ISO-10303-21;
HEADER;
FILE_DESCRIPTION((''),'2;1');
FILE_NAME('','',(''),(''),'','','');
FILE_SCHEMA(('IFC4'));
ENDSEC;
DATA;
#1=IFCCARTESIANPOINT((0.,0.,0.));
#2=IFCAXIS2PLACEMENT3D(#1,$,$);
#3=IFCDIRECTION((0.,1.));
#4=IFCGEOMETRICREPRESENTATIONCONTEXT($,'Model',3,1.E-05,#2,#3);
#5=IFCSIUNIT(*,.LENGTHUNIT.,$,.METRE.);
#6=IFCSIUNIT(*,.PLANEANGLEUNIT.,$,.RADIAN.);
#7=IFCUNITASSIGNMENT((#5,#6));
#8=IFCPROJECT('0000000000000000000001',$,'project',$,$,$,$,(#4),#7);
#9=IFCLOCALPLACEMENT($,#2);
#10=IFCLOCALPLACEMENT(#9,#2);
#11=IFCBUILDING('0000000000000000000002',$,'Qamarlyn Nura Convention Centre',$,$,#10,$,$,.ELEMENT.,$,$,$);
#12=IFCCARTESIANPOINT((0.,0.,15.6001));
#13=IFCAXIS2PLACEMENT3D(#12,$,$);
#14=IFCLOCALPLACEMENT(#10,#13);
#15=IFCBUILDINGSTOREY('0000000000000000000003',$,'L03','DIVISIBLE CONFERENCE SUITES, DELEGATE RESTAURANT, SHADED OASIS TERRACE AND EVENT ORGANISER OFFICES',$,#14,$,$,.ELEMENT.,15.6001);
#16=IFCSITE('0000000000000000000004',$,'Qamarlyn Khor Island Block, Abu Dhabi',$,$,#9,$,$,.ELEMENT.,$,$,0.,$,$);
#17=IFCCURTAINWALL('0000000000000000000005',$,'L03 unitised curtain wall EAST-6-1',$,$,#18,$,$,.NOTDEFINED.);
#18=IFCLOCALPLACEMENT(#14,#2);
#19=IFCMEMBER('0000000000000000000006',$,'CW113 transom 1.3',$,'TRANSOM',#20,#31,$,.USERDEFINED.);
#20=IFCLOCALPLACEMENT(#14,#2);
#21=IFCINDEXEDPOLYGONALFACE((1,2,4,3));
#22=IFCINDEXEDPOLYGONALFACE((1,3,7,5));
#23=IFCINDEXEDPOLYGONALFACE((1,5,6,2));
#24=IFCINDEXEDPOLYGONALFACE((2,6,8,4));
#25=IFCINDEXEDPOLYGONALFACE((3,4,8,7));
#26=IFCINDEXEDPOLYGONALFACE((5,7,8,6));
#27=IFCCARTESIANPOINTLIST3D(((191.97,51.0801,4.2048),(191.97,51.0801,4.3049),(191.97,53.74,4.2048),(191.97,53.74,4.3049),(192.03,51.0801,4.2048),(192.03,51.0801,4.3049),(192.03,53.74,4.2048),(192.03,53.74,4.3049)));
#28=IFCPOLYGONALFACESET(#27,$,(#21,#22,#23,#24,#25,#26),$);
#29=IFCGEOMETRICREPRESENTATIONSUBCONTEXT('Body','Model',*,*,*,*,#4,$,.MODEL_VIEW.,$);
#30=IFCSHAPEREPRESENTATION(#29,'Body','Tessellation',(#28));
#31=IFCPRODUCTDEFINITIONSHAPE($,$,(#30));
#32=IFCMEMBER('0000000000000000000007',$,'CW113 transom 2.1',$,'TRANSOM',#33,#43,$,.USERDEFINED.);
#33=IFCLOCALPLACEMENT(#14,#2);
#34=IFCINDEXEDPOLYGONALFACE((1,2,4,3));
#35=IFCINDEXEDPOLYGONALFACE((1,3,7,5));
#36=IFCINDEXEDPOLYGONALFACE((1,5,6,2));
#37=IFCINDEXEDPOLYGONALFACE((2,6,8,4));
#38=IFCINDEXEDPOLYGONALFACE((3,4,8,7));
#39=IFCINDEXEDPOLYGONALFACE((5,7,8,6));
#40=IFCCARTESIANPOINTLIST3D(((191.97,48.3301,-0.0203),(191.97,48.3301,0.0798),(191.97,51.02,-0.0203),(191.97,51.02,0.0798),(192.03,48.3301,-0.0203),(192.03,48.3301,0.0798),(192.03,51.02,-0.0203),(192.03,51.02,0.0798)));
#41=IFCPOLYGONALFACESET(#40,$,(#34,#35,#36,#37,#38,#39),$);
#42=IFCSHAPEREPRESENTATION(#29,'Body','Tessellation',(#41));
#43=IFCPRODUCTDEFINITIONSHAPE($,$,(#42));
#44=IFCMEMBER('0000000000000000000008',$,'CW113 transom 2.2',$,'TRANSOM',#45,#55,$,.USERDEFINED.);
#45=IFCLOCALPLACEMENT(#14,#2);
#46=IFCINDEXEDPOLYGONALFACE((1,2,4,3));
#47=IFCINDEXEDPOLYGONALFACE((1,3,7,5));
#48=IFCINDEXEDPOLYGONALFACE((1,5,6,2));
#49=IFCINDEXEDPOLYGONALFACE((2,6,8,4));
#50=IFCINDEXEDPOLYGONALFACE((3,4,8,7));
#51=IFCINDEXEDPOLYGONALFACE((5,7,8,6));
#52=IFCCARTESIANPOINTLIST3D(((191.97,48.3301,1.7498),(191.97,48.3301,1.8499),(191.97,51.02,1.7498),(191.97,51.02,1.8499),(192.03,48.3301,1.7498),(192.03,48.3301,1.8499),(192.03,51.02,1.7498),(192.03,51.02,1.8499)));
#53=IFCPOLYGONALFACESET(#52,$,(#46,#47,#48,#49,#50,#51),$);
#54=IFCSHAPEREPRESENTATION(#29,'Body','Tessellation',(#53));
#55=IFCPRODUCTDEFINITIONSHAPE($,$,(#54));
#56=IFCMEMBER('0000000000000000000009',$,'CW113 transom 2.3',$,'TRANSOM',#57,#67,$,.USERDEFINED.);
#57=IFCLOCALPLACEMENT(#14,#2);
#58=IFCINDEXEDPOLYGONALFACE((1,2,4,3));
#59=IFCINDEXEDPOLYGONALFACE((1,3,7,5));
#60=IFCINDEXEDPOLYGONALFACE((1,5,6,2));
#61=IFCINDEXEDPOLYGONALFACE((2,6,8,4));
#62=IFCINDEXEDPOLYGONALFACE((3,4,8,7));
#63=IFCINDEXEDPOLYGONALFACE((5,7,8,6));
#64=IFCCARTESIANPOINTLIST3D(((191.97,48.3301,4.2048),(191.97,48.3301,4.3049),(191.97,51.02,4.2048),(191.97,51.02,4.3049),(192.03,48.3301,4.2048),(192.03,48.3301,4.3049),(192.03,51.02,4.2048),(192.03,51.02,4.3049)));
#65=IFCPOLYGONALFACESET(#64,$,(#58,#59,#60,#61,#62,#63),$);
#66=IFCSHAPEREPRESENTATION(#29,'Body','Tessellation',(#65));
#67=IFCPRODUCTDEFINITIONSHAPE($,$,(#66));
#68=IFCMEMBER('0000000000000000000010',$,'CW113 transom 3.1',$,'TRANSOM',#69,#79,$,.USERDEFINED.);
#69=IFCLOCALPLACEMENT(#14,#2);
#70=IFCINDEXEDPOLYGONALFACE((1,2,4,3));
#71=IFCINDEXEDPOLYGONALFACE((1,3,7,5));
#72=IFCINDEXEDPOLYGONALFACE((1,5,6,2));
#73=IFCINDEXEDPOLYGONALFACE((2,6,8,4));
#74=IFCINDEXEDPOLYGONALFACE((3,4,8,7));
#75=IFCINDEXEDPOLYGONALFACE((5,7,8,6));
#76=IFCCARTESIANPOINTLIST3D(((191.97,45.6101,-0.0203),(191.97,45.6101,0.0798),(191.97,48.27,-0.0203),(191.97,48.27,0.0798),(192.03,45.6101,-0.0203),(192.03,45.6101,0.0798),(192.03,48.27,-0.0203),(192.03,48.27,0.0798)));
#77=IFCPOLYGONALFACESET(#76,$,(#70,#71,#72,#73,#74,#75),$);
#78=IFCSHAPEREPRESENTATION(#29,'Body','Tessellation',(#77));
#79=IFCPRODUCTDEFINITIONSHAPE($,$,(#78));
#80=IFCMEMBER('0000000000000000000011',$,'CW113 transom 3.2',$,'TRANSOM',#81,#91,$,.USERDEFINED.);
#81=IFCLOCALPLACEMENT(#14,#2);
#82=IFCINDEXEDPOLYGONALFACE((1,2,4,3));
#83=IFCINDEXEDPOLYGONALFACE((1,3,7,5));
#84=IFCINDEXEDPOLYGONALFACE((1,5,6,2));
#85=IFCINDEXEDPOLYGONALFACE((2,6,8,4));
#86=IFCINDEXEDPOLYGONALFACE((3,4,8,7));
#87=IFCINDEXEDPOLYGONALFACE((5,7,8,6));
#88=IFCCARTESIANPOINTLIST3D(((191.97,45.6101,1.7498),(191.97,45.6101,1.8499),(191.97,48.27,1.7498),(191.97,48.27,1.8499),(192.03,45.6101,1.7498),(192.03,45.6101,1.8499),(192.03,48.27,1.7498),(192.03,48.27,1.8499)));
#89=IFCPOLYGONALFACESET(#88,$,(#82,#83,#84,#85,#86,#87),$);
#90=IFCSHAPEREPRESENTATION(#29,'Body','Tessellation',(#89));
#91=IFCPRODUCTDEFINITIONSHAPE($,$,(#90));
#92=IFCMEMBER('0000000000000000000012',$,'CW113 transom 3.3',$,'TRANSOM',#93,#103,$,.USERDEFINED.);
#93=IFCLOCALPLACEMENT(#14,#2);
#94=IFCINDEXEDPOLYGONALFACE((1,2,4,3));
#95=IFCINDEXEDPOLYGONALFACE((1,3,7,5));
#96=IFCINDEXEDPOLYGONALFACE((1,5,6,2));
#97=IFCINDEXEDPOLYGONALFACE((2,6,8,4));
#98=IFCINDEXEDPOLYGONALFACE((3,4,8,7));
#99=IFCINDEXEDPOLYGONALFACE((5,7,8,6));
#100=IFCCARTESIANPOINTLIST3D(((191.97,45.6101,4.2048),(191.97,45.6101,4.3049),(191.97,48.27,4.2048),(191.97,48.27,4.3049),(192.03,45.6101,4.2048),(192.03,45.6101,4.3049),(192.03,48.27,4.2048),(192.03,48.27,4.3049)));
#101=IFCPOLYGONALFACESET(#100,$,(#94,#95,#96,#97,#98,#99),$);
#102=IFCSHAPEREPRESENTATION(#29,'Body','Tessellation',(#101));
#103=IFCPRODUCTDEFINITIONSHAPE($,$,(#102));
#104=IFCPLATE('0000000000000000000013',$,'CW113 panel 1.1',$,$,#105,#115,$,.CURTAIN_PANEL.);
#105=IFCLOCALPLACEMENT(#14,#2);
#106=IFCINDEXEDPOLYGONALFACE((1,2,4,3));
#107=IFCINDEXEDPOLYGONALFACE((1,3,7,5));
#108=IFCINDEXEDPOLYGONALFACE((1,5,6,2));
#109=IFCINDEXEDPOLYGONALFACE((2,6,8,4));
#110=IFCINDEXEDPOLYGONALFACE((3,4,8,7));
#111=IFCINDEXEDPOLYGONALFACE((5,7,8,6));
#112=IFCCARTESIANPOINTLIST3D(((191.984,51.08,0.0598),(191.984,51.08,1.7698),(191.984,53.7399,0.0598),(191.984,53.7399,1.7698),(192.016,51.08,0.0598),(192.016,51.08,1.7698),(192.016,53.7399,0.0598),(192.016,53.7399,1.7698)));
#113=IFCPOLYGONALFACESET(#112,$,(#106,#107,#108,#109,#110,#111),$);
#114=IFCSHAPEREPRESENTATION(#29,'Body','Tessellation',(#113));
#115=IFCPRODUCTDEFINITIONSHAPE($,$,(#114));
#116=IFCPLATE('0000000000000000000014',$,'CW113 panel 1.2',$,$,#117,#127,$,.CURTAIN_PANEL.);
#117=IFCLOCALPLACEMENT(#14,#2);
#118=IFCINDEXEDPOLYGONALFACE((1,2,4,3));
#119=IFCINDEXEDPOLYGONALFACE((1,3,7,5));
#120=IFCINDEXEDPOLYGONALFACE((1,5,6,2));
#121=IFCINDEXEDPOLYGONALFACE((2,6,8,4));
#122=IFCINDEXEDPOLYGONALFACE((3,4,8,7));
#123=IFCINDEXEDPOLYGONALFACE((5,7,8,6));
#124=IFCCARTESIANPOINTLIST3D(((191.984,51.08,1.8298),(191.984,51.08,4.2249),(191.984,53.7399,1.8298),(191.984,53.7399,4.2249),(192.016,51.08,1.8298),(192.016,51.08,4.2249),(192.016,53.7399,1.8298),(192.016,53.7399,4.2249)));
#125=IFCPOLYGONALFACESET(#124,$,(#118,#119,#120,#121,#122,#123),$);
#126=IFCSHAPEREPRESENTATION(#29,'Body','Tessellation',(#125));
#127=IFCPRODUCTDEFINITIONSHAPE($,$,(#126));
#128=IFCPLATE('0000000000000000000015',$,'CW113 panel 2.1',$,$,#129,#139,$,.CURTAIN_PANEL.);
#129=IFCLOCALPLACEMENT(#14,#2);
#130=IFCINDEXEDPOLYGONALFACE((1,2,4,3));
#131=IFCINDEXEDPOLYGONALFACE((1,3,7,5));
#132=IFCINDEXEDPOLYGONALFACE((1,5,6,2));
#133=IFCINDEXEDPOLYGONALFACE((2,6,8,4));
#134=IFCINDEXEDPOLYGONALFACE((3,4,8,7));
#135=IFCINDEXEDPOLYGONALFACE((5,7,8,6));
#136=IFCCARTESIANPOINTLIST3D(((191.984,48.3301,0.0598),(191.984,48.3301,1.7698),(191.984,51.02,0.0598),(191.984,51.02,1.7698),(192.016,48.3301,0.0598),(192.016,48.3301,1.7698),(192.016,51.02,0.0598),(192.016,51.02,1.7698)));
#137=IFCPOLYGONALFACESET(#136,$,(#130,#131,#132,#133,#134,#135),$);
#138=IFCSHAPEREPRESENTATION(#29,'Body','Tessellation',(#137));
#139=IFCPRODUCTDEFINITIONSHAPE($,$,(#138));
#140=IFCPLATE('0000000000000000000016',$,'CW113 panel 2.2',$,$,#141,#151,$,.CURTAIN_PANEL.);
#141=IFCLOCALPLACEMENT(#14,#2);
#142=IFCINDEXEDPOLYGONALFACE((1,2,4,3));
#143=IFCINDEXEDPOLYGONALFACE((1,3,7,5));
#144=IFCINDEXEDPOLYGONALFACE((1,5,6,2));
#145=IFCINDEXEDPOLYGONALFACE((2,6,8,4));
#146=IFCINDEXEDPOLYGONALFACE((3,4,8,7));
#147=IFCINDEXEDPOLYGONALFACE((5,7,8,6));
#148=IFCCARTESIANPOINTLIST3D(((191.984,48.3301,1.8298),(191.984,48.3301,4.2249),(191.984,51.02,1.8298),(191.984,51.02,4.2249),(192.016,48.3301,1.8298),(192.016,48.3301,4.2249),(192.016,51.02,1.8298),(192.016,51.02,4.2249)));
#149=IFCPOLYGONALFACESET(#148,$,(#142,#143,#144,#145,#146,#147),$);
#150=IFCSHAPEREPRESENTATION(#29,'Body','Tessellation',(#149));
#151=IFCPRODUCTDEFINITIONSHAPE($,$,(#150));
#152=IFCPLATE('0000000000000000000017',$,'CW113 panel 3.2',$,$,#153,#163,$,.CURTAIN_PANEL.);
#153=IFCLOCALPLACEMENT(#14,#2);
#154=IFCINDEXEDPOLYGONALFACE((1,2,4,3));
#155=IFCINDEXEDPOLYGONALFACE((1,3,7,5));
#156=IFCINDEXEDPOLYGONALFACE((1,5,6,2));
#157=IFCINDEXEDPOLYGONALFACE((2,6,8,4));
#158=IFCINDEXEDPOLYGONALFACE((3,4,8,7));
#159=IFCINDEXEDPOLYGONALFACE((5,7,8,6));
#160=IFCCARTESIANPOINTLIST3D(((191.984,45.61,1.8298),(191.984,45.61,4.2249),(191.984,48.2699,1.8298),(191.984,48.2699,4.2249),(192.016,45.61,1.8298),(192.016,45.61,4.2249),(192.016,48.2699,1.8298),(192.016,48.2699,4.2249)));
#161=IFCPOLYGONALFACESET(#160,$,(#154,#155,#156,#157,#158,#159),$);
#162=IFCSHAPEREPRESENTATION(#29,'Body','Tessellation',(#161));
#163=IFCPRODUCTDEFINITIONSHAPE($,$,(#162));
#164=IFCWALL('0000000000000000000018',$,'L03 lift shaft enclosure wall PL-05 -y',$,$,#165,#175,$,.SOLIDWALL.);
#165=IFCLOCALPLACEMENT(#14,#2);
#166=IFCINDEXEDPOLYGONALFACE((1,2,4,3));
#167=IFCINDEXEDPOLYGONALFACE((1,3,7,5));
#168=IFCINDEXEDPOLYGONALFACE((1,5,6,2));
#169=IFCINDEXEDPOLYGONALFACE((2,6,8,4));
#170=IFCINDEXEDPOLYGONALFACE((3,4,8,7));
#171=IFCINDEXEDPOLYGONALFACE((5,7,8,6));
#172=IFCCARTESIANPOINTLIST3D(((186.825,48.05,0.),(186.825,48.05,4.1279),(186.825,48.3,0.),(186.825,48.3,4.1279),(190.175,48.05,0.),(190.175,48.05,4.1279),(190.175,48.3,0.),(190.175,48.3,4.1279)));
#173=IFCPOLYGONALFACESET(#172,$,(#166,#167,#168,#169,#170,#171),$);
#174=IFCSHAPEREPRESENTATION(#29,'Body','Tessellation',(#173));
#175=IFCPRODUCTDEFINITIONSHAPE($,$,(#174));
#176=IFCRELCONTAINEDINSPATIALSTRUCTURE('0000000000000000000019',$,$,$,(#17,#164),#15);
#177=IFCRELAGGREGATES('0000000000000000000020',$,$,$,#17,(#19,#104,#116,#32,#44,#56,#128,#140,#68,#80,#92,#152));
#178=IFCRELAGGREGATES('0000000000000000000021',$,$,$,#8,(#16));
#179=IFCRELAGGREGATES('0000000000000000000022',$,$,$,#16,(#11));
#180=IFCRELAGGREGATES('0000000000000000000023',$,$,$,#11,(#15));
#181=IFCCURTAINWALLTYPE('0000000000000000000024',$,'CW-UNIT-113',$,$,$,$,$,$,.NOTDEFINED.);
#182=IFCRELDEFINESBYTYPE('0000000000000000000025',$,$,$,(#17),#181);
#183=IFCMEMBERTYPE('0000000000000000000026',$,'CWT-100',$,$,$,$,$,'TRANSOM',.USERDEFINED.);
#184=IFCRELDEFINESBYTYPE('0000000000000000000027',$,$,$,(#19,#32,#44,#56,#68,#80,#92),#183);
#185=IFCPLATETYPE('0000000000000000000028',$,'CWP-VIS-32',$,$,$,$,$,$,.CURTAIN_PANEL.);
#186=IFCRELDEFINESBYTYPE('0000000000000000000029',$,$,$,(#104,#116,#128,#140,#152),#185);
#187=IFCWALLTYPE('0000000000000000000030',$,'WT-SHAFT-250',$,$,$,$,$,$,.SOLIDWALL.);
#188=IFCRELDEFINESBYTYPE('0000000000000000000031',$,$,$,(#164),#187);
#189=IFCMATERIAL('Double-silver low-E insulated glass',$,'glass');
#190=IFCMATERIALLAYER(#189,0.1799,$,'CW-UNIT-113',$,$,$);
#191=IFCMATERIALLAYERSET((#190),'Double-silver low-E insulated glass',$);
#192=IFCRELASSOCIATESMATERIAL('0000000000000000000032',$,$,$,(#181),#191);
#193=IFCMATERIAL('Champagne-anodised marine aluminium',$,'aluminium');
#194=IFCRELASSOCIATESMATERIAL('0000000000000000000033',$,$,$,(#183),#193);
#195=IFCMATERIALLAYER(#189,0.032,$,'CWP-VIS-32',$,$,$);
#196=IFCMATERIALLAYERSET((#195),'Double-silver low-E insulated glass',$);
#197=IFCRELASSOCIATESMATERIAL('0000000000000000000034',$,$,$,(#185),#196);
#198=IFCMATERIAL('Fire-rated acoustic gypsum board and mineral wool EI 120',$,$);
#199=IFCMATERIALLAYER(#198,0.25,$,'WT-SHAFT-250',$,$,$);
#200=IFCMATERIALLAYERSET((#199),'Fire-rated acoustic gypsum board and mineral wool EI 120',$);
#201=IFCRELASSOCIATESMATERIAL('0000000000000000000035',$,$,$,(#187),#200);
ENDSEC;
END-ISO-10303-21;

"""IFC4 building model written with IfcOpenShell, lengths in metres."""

from ifc_helpers import new_model, si_unit, direction, frame, frame_2d, origin, origin_2d, place, context, subcontext, project, spatial, rectangle, extrude, material, layer, layer_set, material_profile, profile_set, type_object, element, aggregate, save


model = new_model("IFC4")

# Units and contexts
model_context = context("Model", 3, precision=1e-05, world=origin(), true_north=direction((0.0, 1.0)))
body_context = subcontext(model_context, "Body", "Model", "MODEL_VIEW")
ifc_project = project(units=[si_unit("LENGTHUNIT", "METRE"), si_unit("PLANEANGLEUNIT", "RADIAN")], contexts=[model_context])

# Site, building, storey
site_placement = place(None, origin())
site = spatial("IfcSite", under=ifc_project, at=site_placement, Name="Qamarlyn Khor Island Block, Abu Dhabi", CompositionType="ELEMENT", RefElevation=0.0)
building_placement = place(site_placement, origin())
building = spatial("IfcBuilding", under=site, at=building_placement, Name="Qamarlyn Nura Convention Centre", CompositionType="ELEMENT")
storey_placement = place(building_placement, frame((0.0, 0.0, 15.6001)))
storey = spatial("IfcBuildingStorey", under=building, at=storey_placement, Name="L03", Description="DIVISIBLE CONFERENCE SUITES, DELEGATE RESTAURANT, SHADED OASIS TERRACE AND EVENT ORGANISER OFFICES", CompositionType="ELEMENT", Elevation=15.6001)

# Curtain wall, members, plates
ifc_material_1 = material(Name="Double-silver low-E insulated glass", Category="glass")
ifc_layer_1 = layer(ifc_material_1, 0.1799, Name="CW-UNIT-113")
ifc_layer_set_1 = layer_set([ifc_layer_1], Name="Double-silver low-E insulated glass")
curtain_wall_type = type_object("IfcCurtainWallType", Name="CW-UNIT-113", PredefinedType="NOTDEFINED", material=ifc_layer_set_1)
curtain_wall_placement = place(storey_placement, origin())
curtain_wall = element("IfcCurtainWall", 1, at=curtain_wall_placement, inside=storey, type_object=curtain_wall_type, Name="L03 unitised curtain wall EAST-6-1", PredefinedType="NOTDEFINED")
ifc_material_2 = material(Name="Champagne-anodised marine aluminium", Category="aluminium")
ifc_material_profile_1 = material_profile(ifc_material_2, rectangle(XDim=0.0601, YDim=0.1001, at=origin_2d()), Name="ALU TRANSOM 60x100")
ifc_profile_set_1 = profile_set([ifc_material_profile_1], Name="Champagne-anodised marine aluminium")
member_type_1 = type_object("IfcMemberType", Name="CWT-100", ElementType="TRANSOM", PredefinedType="USERDEFINED", material=ifc_profile_set_1)
member_1_placement = place(storey_placement, frame((192.0, 53.74, 4.2549), z_axis=(0.0, -1.0, 0.0), x_axis=(1.0, 0.0, 0.0)))
member_1 = element("IfcMember", 2, at=member_1_placement, type_object=member_type_1, Name="CW113 transom 1.3", ObjectType="TRANSOM", PredefinedType="USERDEFINED", context=body_context, shape_type="SweptSolid", body=[
    extrude(rectangle(XDim=0.0601, YDim=0.1001, at=origin_2d()), origin(), (0.0, 0.0, 1.0), 2.6599),
])
member_2_placement = place(storey_placement, frame((192.0, 51.02, 0.0298), z_axis=(0.0, -1.0, 0.0), x_axis=(1.0, 0.0, 0.0)))
member_2 = element("IfcMember", 3, at=member_2_placement, type_object=member_type_1, Name="CW113 transom 2.1", ObjectType="TRANSOM", PredefinedType="USERDEFINED", context=body_context, shape_type="SweptSolid", body=[
    extrude(rectangle(XDim=0.0601, YDim=0.1001, at=origin_2d()), origin(), (0.0, 0.0, 1.0), 2.6899),
])
member_3_placement = place(storey_placement, frame((192.0, 51.02, 1.7998), z_axis=(0.0, -1.0, 0.0), x_axis=(1.0, 0.0, 0.0)))
member_3 = element("IfcMember", 4, at=member_3_placement, type_object=member_type_1, Name="CW113 transom 2.2", ObjectType="TRANSOM", PredefinedType="USERDEFINED", context=body_context, shape_type="SweptSolid", body=[
    extrude(rectangle(XDim=0.0601, YDim=0.1001, at=origin_2d()), origin(), (0.0, 0.0, 1.0), 2.6899),
])
member_4_placement = place(storey_placement, frame((192.0, 51.02, 4.2549), z_axis=(0.0, -1.0, 0.0), x_axis=(1.0, 0.0, 0.0)))
member_4 = element("IfcMember", 5, at=member_4_placement, type_object=member_type_1, Name="CW113 transom 2.3", ObjectType="TRANSOM", PredefinedType="USERDEFINED", context=body_context, shape_type="SweptSolid", body=[
    extrude(rectangle(XDim=0.0601, YDim=0.1001, at=origin_2d()), origin(), (0.0, 0.0, 1.0), 2.6899),
])
member_5_placement = place(storey_placement, frame((192.0, 48.27, 0.0298), z_axis=(0.0, -1.0, 0.0), x_axis=(1.0, 0.0, 0.0)))
member_5 = element("IfcMember", 6, at=member_5_placement, type_object=member_type_1, Name="CW113 transom 3.1", ObjectType="TRANSOM", PredefinedType="USERDEFINED", context=body_context, shape_type="SweptSolid", body=[
    extrude(rectangle(XDim=0.0601, YDim=0.1001, at=origin_2d()), origin(), (0.0, 0.0, 1.0), 2.6599),
])
member_6_placement = place(storey_placement, frame((192.0, 48.27, 1.7998), z_axis=(0.0, -1.0, 0.0), x_axis=(1.0, 0.0, 0.0)))
member_6 = element("IfcMember", 7, at=member_6_placement, type_object=member_type_1, Name="CW113 transom 3.2", ObjectType="TRANSOM", PredefinedType="USERDEFINED", context=body_context, shape_type="SweptSolid", body=[
    extrude(rectangle(XDim=0.0601, YDim=0.1001, at=origin_2d()), origin(), (0.0, 0.0, 1.0), 2.6599),
])
member_7_placement = place(storey_placement, frame((192.0, 48.27, 4.2549), z_axis=(0.0, -1.0, 0.0), x_axis=(1.0, 0.0, 0.0)))
member_7 = element("IfcMember", 8, at=member_7_placement, type_object=member_type_1, Name="CW113 transom 3.3", ObjectType="TRANSOM", PredefinedType="USERDEFINED", context=body_context, shape_type="SweptSolid", body=[
    extrude(rectangle(XDim=0.0601, YDim=0.1001, at=origin_2d()), origin(), (0.0, 0.0, 1.0), 2.6599),
])
ifc_layer_2 = layer(ifc_material_1, 0.032, Name="CWP-VIS-32")
ifc_layer_set_2 = layer_set([ifc_layer_2], Name="Double-silver low-E insulated glass")
plate_type = type_object("IfcPlateType", Name="CWP-VIS-32", PredefinedType="CURTAIN_PANEL", material=ifc_layer_set_2)
plate_1_placement = place(storey_placement, frame((192.0, 52.4099, 0.0598), z_axis=(0.0, 0.0, 1.0), x_axis=(0.0, -1.0, 0.0)))
plate_1 = element("IfcPlate", 9, at=plate_1_placement, type_object=plate_type, Name="CW113 panel 1.1", PredefinedType="CURTAIN_PANEL", context=body_context, shape_type="SweptSolid", body=[
    extrude(rectangle(XDim=2.6599, YDim=0.032, at=origin_2d()), origin(), (0.0, 0.0, 1.0), 1.71),
])
plate_2_placement = place(storey_placement, frame((192.0, 52.4099, 1.8298), z_axis=(0.0, 0.0, 1.0), x_axis=(0.0, -1.0, 0.0)))
plate_2 = element("IfcPlate", 10, at=plate_2_placement, type_object=plate_type, Name="CW113 panel 1.2", PredefinedType="CURTAIN_PANEL", context=body_context, shape_type="SweptSolid", body=[
    extrude(rectangle(XDim=2.6599, YDim=0.032, at=origin_2d()), origin(), (0.0, 0.0, 1.0), 2.395),
])
plate_3_placement = place(storey_placement, frame((192.0, 49.675, 0.0598), z_axis=(0.0, 0.0, 1.0), x_axis=(0.0, -1.0, 0.0)))
plate_3 = element("IfcPlate", 11, at=plate_3_placement, type_object=plate_type, Name="CW113 panel 2.1", PredefinedType="CURTAIN_PANEL", context=body_context, shape_type="SweptSolid", body=[
    extrude(rectangle(XDim=2.6899, YDim=0.032, at=origin_2d()), origin(), (0.0, 0.0, 1.0), 1.71),
])
plate_4_placement = place(storey_placement, frame((192.0, 49.675, 1.8298), z_axis=(0.0, 0.0, 1.0), x_axis=(0.0, -1.0, 0.0)))
plate_4 = element("IfcPlate", 12, at=plate_4_placement, type_object=plate_type, Name="CW113 panel 2.2", PredefinedType="CURTAIN_PANEL", context=body_context, shape_type="SweptSolid", body=[
    extrude(rectangle(XDim=2.6899, YDim=0.032, at=origin_2d()), origin(), (0.0, 0.0, 1.0), 2.395),
])
plate_5_placement = place(storey_placement, frame((192.0, 46.9399, 1.8298), z_axis=(0.0, 0.0, 1.0), x_axis=(0.0, -1.0, 0.0)))
plate_5 = element("IfcPlate", 13, at=plate_5_placement, type_object=plate_type, Name="CW113 panel 3.2", PredefinedType="CURTAIN_PANEL", context=body_context, shape_type="SweptSolid", body=[
    extrude(rectangle(XDim=2.6599, YDim=0.032, at=origin_2d()), origin(), (0.0, 0.0, 1.0), 2.395),
])
aggregate(curtain_wall, [member_1, plate_1, plate_2, member_2, member_3, member_4, plate_3, plate_4, member_5, member_6, member_7, plate_5])

# Wall
ifc_material_3 = material(Name="Fire-rated acoustic gypsum board and mineral wool EI 120")
ifc_layer_3 = layer(ifc_material_3, 0.25, Name="WT-SHAFT-250")
ifc_layer_set_3 = layer_set([ifc_layer_3], Name="Fire-rated acoustic gypsum board and mineral wool EI 120")
wall_type = type_object("IfcWallType", Name="WT-SHAFT-250", PredefinedType="SOLIDWALL", material=ifc_layer_set_3)
wall_1_placement = place(storey_placement, frame((186.825, 48.175, 0.0), z_axis=(0.0, 0.0, 1.0), x_axis=(1.0, 0.0, 0.0)))
element("IfcWall", 14, at=wall_1_placement, inside=storey, type_object=wall_type, Name="L03 lift shaft enclosure wall PL-05 -y", PredefinedType="SOLIDWALL", context=body_context, shape_type="SweptSolid", body=[
    extrude(rectangle(XDim=3.3501, YDim=0.25, at=frame_2d((1.675, 0.0))), origin(), (0.0, 0.0, 1.0), 4.1279),
])

save(model, "model.ifc")
